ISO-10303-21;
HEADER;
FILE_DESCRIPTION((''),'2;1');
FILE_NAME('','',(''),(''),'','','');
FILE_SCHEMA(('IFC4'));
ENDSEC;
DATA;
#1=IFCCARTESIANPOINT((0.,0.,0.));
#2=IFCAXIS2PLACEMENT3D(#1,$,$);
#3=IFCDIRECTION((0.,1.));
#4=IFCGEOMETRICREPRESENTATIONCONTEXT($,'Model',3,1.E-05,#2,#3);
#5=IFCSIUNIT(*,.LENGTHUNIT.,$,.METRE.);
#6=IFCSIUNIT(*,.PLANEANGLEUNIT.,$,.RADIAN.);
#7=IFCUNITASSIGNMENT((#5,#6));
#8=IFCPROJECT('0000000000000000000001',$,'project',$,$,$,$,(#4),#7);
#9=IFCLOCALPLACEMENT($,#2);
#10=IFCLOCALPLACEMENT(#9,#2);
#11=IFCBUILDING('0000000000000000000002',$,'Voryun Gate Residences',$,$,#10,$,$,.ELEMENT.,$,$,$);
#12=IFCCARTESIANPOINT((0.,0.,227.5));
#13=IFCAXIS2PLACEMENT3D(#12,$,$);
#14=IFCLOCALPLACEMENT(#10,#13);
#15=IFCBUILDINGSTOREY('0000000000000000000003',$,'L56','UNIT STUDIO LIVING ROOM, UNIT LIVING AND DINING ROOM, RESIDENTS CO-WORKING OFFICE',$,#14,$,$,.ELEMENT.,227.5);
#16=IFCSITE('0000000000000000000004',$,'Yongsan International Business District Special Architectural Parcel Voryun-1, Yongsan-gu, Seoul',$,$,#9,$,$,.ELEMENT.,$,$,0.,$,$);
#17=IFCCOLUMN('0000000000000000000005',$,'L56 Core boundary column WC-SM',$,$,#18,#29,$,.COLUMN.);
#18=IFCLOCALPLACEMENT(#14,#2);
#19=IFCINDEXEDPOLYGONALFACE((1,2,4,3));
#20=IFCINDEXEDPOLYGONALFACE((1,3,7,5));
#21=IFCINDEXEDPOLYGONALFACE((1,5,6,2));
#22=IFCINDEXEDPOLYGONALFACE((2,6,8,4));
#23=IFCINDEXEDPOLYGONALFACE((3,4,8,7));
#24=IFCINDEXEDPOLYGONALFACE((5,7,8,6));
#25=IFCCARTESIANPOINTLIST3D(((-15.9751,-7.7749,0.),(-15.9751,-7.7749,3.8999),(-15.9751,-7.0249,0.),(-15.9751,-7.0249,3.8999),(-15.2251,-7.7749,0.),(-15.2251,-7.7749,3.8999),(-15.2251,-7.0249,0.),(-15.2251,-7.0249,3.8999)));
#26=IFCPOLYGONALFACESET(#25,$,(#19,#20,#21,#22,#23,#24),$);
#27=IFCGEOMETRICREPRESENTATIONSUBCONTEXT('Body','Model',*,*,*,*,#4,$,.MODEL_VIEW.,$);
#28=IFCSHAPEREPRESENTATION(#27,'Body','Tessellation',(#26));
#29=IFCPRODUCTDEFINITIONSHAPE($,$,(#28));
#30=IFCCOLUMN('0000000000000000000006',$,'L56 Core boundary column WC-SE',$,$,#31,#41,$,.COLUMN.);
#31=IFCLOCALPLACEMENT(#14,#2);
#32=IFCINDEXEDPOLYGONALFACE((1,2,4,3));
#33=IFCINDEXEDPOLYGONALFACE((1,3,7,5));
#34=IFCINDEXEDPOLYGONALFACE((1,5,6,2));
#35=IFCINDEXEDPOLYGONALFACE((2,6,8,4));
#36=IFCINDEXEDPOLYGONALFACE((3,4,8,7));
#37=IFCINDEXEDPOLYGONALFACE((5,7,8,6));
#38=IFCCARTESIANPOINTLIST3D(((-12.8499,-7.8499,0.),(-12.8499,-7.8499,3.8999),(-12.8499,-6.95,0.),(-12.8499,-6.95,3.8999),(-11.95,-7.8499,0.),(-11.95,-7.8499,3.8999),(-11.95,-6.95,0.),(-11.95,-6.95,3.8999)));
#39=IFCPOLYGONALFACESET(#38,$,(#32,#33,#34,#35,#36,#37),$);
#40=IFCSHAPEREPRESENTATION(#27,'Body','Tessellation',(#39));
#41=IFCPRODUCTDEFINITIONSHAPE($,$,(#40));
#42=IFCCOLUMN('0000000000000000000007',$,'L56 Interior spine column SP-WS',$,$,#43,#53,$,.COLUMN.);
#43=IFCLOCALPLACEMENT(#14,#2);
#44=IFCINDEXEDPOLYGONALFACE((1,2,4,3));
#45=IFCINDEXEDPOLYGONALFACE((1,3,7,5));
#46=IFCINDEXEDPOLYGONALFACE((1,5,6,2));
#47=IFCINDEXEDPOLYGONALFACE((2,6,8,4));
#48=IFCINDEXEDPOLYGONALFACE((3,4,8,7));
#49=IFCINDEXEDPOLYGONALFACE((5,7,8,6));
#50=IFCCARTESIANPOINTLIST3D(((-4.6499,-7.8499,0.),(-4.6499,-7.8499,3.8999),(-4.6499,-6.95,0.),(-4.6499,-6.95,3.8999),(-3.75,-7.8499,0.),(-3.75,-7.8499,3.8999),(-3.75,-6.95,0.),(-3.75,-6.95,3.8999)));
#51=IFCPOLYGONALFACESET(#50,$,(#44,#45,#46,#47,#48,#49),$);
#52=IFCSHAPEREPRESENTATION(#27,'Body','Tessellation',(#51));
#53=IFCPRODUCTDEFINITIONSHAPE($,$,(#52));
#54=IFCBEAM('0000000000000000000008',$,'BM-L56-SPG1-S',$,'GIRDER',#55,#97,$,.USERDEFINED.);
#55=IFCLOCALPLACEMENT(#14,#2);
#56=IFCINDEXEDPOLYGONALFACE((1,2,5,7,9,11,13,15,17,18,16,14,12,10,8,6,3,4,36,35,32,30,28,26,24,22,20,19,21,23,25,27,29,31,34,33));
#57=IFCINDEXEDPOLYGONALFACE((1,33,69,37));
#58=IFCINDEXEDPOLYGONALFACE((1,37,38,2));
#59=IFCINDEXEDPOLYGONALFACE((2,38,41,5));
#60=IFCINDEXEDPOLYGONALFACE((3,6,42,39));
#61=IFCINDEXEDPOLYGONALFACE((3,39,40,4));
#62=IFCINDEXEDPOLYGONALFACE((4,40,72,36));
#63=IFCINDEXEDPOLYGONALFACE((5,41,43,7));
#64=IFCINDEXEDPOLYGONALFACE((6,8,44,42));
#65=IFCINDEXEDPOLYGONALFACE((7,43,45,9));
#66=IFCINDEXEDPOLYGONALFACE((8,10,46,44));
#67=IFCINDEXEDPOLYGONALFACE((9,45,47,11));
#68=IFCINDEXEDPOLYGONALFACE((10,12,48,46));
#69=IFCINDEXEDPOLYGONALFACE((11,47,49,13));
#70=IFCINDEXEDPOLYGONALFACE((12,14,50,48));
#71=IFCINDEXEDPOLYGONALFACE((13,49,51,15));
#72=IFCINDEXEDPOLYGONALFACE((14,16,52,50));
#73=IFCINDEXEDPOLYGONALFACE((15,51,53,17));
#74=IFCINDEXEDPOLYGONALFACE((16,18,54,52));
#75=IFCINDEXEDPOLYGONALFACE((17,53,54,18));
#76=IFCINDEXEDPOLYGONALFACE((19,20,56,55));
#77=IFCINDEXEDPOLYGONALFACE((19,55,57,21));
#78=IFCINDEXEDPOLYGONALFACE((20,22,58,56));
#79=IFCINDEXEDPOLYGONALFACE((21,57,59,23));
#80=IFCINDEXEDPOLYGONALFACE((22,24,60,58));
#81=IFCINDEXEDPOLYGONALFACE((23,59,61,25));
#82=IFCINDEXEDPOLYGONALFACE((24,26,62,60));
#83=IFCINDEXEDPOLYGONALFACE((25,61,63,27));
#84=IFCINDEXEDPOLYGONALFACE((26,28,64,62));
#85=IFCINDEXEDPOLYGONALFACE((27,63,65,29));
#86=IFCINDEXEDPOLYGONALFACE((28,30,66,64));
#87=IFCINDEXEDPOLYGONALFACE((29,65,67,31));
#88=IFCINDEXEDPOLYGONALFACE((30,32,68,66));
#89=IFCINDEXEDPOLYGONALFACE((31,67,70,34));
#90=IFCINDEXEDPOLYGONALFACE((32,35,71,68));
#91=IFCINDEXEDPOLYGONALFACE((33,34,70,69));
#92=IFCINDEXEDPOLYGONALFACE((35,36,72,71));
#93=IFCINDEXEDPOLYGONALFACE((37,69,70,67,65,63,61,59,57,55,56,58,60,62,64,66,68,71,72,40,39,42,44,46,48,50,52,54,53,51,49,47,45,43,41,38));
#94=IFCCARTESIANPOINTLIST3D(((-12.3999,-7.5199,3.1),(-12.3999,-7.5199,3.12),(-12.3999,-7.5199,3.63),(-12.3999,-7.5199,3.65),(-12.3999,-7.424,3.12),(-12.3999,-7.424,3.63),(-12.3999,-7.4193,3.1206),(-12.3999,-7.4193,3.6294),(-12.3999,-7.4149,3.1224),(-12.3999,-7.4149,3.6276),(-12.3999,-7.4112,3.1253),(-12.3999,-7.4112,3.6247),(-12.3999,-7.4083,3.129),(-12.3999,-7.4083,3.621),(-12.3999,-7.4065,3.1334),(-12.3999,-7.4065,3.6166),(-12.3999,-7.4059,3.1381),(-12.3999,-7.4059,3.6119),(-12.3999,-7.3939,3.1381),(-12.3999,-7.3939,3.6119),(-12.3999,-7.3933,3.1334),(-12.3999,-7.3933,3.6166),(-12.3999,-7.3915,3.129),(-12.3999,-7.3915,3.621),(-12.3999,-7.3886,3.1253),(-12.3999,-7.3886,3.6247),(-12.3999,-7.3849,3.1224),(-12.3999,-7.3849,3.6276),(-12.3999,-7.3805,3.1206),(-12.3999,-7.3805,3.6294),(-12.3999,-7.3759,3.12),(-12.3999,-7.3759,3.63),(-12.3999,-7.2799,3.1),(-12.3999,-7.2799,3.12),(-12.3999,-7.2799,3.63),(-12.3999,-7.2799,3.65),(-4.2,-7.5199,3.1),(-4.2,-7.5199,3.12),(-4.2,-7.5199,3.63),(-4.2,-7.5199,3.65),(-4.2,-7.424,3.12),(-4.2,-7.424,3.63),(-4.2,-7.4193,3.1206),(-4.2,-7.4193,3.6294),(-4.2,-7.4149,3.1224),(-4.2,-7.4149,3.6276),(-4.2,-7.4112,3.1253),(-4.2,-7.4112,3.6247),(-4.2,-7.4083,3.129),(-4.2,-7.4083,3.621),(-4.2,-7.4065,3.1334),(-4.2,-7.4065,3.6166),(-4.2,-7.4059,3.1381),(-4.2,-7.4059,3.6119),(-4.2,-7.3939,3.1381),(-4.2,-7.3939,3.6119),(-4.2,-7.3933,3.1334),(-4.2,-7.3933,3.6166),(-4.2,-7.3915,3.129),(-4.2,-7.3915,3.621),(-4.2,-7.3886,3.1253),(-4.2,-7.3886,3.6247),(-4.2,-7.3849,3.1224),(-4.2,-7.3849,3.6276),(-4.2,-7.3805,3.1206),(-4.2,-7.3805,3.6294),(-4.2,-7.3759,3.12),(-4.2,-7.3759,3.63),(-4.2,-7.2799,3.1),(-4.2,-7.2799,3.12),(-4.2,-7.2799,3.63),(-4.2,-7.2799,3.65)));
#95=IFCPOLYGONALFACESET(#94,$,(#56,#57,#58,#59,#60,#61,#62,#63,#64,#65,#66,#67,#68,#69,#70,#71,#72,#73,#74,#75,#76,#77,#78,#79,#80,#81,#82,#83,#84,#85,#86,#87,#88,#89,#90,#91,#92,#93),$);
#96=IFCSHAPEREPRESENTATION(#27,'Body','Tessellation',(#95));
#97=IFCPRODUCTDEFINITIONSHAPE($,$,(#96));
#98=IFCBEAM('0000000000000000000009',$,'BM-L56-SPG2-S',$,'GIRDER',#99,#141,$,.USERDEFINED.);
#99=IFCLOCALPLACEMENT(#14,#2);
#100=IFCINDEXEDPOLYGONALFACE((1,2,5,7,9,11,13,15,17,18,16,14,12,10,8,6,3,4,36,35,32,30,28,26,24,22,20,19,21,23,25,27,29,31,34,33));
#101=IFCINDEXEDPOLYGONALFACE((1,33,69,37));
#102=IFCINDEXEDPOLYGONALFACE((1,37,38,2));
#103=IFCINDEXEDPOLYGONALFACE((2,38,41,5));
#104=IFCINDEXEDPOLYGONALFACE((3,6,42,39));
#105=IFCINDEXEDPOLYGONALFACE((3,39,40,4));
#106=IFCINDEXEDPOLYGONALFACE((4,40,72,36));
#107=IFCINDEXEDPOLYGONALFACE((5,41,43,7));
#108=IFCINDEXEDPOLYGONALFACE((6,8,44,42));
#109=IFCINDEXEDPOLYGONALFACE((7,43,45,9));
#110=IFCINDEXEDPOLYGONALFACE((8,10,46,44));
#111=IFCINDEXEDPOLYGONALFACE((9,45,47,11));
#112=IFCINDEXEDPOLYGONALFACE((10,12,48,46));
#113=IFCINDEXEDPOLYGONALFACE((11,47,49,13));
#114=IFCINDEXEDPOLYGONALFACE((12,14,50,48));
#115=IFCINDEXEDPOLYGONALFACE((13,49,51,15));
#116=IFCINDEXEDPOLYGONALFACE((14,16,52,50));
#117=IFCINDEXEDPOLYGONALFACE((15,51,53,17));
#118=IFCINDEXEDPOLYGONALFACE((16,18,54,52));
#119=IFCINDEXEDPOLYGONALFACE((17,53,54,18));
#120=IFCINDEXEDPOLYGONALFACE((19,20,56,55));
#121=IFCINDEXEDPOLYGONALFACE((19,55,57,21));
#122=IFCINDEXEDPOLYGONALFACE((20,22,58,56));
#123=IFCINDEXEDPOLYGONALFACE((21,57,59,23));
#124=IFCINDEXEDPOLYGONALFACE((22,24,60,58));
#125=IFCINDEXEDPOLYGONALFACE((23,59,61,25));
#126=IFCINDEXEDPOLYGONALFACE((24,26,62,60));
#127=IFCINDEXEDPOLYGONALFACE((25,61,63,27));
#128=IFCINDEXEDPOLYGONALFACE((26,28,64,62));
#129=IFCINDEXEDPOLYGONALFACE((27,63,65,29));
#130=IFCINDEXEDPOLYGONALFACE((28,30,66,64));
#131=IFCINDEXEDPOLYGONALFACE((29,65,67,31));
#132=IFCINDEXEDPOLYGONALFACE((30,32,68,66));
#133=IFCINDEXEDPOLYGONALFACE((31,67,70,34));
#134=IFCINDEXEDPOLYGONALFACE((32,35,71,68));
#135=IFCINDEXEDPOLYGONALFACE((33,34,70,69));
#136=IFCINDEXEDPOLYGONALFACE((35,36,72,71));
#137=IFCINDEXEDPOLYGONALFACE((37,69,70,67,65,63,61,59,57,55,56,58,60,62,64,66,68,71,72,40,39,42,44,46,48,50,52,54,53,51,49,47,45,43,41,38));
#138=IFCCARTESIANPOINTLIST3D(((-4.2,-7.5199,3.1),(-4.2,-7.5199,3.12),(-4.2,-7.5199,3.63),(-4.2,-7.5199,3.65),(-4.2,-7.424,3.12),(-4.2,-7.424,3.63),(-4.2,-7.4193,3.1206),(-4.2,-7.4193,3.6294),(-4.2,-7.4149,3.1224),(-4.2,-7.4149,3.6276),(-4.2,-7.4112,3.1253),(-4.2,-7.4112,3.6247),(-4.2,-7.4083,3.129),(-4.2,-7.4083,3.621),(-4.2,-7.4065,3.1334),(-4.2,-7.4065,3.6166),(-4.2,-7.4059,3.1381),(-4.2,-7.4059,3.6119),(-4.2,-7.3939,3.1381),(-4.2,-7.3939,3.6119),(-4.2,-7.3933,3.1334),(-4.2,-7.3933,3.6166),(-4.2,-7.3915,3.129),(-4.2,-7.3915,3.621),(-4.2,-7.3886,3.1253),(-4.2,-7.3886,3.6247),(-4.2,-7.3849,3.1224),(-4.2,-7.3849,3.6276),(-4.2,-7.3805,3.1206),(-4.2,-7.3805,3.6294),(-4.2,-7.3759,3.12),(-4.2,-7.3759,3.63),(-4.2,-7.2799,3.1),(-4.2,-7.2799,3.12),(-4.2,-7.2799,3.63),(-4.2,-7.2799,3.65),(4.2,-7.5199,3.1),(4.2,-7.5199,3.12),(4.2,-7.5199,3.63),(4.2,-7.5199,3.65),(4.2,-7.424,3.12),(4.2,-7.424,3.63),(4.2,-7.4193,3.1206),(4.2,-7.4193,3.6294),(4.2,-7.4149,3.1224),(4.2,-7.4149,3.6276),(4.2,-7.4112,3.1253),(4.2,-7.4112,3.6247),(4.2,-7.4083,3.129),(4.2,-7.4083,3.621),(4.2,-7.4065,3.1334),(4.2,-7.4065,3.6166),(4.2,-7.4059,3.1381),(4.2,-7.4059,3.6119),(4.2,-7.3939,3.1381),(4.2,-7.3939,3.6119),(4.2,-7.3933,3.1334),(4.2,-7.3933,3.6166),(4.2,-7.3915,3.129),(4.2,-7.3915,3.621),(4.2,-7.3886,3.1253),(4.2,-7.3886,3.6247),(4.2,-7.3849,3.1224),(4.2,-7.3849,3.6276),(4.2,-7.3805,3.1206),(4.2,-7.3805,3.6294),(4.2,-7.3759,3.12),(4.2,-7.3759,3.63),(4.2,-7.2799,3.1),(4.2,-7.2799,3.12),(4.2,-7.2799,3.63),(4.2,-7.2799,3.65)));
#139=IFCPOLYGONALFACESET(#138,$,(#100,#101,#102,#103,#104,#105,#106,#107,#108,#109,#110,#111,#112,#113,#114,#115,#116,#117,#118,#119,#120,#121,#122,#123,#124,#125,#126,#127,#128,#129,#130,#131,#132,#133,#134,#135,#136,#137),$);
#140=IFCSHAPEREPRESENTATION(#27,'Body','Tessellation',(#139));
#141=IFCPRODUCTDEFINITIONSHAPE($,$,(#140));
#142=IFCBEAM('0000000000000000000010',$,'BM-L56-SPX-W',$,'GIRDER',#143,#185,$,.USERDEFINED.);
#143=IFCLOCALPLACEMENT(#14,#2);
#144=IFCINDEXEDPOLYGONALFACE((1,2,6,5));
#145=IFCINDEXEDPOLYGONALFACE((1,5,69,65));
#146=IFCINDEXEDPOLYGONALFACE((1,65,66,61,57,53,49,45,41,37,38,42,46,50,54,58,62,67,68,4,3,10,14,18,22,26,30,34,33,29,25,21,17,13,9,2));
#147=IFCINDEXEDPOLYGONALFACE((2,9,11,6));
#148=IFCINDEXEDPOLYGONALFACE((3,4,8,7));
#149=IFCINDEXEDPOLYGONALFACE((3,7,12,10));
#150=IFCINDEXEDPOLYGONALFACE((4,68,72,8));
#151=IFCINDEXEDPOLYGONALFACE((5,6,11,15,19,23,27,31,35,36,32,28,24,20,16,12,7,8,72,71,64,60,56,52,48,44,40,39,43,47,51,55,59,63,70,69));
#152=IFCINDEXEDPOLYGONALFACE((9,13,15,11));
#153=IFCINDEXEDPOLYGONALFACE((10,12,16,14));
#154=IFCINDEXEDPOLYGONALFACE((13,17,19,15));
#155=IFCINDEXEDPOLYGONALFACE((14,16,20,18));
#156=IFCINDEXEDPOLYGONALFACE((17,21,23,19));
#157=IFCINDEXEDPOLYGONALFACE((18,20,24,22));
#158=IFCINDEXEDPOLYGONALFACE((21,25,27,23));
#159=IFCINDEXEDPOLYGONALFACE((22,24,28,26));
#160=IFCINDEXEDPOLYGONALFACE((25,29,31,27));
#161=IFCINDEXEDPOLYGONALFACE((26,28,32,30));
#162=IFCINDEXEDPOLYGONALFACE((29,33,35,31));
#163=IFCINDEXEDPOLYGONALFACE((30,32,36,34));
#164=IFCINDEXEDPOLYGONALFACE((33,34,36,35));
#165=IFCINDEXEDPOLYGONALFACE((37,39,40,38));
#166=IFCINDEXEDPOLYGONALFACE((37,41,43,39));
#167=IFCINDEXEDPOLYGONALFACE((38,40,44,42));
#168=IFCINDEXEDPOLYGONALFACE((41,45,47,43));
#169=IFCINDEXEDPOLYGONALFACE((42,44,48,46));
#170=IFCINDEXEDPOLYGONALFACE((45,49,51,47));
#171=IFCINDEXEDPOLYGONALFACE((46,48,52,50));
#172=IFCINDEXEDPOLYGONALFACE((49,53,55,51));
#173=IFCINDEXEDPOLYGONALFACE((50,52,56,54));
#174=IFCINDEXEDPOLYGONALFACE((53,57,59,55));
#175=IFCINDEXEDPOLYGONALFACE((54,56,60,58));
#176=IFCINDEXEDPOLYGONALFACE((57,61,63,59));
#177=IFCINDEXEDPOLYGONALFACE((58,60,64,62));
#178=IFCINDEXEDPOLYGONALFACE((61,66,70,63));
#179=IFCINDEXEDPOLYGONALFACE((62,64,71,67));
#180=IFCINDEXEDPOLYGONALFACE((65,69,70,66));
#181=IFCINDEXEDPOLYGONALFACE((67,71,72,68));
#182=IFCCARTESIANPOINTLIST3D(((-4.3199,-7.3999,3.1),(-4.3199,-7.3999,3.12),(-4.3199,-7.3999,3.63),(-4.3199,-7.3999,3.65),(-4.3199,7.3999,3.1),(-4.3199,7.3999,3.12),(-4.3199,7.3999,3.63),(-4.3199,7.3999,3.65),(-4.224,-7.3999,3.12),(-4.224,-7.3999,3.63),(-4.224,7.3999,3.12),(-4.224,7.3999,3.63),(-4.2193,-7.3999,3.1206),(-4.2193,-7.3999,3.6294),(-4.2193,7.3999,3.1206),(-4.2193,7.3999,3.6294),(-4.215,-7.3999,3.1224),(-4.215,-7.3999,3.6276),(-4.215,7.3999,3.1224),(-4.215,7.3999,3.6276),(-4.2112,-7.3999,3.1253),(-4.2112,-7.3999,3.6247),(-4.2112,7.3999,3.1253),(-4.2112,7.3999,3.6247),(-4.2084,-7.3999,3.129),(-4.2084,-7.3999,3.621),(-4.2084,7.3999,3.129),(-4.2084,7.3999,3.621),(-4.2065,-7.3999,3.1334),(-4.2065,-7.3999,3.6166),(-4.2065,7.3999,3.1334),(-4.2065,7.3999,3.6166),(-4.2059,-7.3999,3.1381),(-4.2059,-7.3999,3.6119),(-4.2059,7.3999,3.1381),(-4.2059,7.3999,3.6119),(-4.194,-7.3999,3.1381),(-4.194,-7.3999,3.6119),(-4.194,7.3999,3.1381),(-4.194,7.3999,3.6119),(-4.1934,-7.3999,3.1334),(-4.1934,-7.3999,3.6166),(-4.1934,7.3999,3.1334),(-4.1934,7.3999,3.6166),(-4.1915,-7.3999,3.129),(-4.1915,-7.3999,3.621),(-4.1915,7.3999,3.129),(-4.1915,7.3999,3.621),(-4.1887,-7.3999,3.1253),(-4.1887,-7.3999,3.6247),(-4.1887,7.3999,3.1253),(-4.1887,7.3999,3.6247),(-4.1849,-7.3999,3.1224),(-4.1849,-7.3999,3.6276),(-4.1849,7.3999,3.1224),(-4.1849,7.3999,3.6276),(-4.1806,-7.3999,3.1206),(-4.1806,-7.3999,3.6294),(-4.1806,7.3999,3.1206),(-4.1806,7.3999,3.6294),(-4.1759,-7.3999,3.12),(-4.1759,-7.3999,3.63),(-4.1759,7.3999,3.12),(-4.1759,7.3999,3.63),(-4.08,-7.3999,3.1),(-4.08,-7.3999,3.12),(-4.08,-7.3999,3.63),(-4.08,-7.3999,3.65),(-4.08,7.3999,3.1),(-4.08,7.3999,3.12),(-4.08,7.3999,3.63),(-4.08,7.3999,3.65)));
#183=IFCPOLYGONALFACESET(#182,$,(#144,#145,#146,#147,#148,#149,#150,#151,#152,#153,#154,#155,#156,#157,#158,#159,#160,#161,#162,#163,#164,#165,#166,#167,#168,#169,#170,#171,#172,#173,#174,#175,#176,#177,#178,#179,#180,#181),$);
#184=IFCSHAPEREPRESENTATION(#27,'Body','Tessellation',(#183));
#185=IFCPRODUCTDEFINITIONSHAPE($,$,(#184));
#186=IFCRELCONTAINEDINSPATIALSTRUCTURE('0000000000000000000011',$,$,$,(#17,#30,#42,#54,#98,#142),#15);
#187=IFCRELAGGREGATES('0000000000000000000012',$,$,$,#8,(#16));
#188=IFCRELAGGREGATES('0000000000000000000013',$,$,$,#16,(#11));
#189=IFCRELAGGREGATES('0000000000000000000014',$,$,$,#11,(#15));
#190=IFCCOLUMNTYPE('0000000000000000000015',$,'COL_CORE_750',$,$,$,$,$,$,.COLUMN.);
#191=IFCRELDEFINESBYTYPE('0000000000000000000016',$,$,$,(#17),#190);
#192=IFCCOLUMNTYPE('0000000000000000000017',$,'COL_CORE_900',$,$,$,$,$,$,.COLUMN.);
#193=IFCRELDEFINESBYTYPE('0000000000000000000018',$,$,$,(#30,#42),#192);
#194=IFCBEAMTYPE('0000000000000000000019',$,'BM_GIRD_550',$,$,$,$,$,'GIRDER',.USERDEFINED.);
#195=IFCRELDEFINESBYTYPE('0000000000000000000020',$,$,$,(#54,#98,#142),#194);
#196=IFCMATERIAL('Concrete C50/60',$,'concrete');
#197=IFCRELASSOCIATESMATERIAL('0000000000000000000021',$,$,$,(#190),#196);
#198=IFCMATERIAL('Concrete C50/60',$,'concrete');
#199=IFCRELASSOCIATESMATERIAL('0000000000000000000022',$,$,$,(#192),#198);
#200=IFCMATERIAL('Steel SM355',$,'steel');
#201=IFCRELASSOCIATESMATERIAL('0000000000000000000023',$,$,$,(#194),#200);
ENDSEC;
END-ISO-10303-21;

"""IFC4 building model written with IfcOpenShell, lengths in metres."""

from ifc_helpers import new_model, si_unit, direction, frame, origin, origin_2d, place, context, subcontext, project, spatial, rectangle, i_section, extrude, material, material_profile, profile_set, type_object, element, save


model = new_model("IFC4")

# Units and contexts
model_context = context("Model", 3, precision=1e-05, world=origin(), true_north=direction((0.0, 1.0)))
body_context = subcontext(model_context, "Body", "Model", "MODEL_VIEW")
ifc_project = project(units=[si_unit("LENGTHUNIT", "METRE"), si_unit("PLANEANGLEUNIT", "RADIAN")], contexts=[model_context])

# Site, building, storey
site_placement = place(None, origin())
site = spatial("IfcSite", under=ifc_project, at=site_placement, Name="Yongsan International Business District Special Architectural Parcel Voryun-1, Yongsan-gu, Seoul", CompositionType="ELEMENT", RefElevation=0.0)
building_placement = place(site_placement, origin())
building = spatial("IfcBuilding", under=site, at=building_placement, Name="Voryun Gate Residences", CompositionType="ELEMENT")
storey_placement = place(building_placement, frame((0.0, 0.0, 227.5)))
storey = spatial("IfcBuildingStorey", under=building, at=storey_placement, Name="L56", Description="UNIT STUDIO LIVING ROOM, UNIT LIVING AND DINING ROOM, RESIDENTS CO-WORKING OFFICE", CompositionType="ELEMENT", Elevation=227.5)

# Columns
ifc_material_1 = material(Name="Concrete C50/60", Category="concrete")
ifc_material_profile_1 = material_profile(ifc_material_1, rectangle(XDim=0.75, YDim=0.75, at=origin_2d()), Name="RC-750x750")
ifc_profile_set_1 = profile_set([ifc_material_profile_1], Name="Concrete C50/60")
column_type_1 = type_object("IfcColumnType", Name="COL_CORE_750", PredefinedType="COLUMN", material=ifc_profile_set_1)
column_placement = place(storey_placement, frame((-15.6001, -7.3999, 0.0), z_axis=(0.0, 0.0, 1.0), x_axis=(1.0, 0.0, 0.0)))
element("IfcColumn", 1, at=column_placement, inside=storey, type_object=column_type_1, Name="L56 Core boundary column WC-SM", PredefinedType="COLUMN", context=body_context, shape_type="SweptSolid", body=[
    extrude(rectangle(XDim=0.75, YDim=0.75, at=origin_2d()), origin(), (0.0, 0.0, 1.0), 3.8999),
])
ifc_material_2 = material(Name="Concrete C50/60", Category="concrete")
ifc_material_profile_2 = material_profile(ifc_material_2, rectangle(XDim=0.8999, YDim=0.8999, at=origin_2d()), Name="RC-900x900")
ifc_profile_set_2 = profile_set([ifc_material_profile_2], Name="Concrete C50/60")
column_type_2 = type_object("IfcColumnType", Name="COL_CORE_900", PredefinedType="COLUMN", material=ifc_profile_set_2)
for number, where, z_axis, x_axis, name in (
    (2, (-12.3999, -7.3999, 0.0), (0.0, 0.0, 1.0), (1.0, 0.0, 0.0), "L56 Core boundary column WC-SE"),
    (3, (-4.2, -7.3999, 0.0), (0.0, 0.0, 1.0), (1.0, 0.0, 0.0), "L56 Interior spine column SP-WS"),
):
    element("IfcColumn", number, at=place(storey_placement, frame(where, z_axis=z_axis, x_axis=x_axis)), inside=storey, type_object=column_type_2, Name=name, PredefinedType="COLUMN", context=body_context, shape_type="SweptSolid", body=[
        extrude(rectangle(XDim=0.8999, YDim=0.8999, at=origin_2d()), origin(), (0.0, 0.0, 1.0), 3.8999),
    ])

# Beams
ifc_material_3 = material(Name="Steel SM355", Category="steel")
ifc_material_profile_3 = material_profile(ifc_material_3, i_section(OverallWidth=0.24, OverallDepth=0.55, WebThickness=0.012, FlangeThickness=0.02, FilletRadius=0.0181, at=origin_2d()), Name="H-550x240x12x20")
ifc_profile_set_3 = profile_set([ifc_material_profile_3], Name="Steel SM355")
beam_type_1 = type_object("IfcBeamType", Name="BM_GIRD_550", ElementType="GIRDER", PredefinedType="USERDEFINED", material=ifc_profile_set_3)
beam_1_placement = place(storey_placement, frame((-12.3999, -7.3999, 3.375), z_axis=(1.0, 0.0, 0.0), x_axis=(0.0, 1.0, 0.0)))
element("IfcBeam", 4, at=beam_1_placement, inside=storey, type_object=beam_type_1, Name="BM-L56-SPG1-S", ObjectType="GIRDER", PredefinedType="USERDEFINED", context=body_context, shape_type="SweptSolid", body=[
    extrude(i_section(OverallWidth=0.24, OverallDepth=0.55, WebThickness=0.012, FlangeThickness=0.02, FilletRadius=0.0181, at=origin_2d()), origin(), (0.0, 0.0, 1.0), 8.2),
])
beam_2_placement = place(storey_placement, frame((-4.2, -7.3999, 3.375), z_axis=(1.0, 0.0, 0.0), x_axis=(0.0, 1.0, 0.0)))
element("IfcBeam", 5, at=beam_2_placement, inside=storey, type_object=beam_type_1, Name="BM-L56-SPG2-S", ObjectType="GIRDER", PredefinedType="USERDEFINED", context=body_context, shape_type="SweptSolid", body=[
    extrude(i_section(OverallWidth=0.24, OverallDepth=0.55, WebThickness=0.012, FlangeThickness=0.02, FilletRadius=0.0181, at=origin_2d()), origin(), (0.0, 0.0, 1.0), 8.3999),
])
beam_3_placement = place(storey_placement, frame((-4.2, -7.3999, 3.375), z_axis=(0.0, 1.0, 0.0), x_axis=(-1.0, 0.0, 0.0)))
element("IfcBeam", 6, at=beam_3_placement, inside=storey, type_object=beam_type_1, Name="BM-L56-SPX-W", ObjectType="GIRDER", PredefinedType="USERDEFINED", context=body_context, shape_type="SweptSolid", body=[
    extrude(i_section(OverallWidth=0.24, OverallDepth=0.55, WebThickness=0.012, FlangeThickness=0.02, FilletRadius=0.0181, at=origin_2d()), origin(), (0.0, 0.0, 1.0), 14.7998),
])

save(model, "model.ifc")
